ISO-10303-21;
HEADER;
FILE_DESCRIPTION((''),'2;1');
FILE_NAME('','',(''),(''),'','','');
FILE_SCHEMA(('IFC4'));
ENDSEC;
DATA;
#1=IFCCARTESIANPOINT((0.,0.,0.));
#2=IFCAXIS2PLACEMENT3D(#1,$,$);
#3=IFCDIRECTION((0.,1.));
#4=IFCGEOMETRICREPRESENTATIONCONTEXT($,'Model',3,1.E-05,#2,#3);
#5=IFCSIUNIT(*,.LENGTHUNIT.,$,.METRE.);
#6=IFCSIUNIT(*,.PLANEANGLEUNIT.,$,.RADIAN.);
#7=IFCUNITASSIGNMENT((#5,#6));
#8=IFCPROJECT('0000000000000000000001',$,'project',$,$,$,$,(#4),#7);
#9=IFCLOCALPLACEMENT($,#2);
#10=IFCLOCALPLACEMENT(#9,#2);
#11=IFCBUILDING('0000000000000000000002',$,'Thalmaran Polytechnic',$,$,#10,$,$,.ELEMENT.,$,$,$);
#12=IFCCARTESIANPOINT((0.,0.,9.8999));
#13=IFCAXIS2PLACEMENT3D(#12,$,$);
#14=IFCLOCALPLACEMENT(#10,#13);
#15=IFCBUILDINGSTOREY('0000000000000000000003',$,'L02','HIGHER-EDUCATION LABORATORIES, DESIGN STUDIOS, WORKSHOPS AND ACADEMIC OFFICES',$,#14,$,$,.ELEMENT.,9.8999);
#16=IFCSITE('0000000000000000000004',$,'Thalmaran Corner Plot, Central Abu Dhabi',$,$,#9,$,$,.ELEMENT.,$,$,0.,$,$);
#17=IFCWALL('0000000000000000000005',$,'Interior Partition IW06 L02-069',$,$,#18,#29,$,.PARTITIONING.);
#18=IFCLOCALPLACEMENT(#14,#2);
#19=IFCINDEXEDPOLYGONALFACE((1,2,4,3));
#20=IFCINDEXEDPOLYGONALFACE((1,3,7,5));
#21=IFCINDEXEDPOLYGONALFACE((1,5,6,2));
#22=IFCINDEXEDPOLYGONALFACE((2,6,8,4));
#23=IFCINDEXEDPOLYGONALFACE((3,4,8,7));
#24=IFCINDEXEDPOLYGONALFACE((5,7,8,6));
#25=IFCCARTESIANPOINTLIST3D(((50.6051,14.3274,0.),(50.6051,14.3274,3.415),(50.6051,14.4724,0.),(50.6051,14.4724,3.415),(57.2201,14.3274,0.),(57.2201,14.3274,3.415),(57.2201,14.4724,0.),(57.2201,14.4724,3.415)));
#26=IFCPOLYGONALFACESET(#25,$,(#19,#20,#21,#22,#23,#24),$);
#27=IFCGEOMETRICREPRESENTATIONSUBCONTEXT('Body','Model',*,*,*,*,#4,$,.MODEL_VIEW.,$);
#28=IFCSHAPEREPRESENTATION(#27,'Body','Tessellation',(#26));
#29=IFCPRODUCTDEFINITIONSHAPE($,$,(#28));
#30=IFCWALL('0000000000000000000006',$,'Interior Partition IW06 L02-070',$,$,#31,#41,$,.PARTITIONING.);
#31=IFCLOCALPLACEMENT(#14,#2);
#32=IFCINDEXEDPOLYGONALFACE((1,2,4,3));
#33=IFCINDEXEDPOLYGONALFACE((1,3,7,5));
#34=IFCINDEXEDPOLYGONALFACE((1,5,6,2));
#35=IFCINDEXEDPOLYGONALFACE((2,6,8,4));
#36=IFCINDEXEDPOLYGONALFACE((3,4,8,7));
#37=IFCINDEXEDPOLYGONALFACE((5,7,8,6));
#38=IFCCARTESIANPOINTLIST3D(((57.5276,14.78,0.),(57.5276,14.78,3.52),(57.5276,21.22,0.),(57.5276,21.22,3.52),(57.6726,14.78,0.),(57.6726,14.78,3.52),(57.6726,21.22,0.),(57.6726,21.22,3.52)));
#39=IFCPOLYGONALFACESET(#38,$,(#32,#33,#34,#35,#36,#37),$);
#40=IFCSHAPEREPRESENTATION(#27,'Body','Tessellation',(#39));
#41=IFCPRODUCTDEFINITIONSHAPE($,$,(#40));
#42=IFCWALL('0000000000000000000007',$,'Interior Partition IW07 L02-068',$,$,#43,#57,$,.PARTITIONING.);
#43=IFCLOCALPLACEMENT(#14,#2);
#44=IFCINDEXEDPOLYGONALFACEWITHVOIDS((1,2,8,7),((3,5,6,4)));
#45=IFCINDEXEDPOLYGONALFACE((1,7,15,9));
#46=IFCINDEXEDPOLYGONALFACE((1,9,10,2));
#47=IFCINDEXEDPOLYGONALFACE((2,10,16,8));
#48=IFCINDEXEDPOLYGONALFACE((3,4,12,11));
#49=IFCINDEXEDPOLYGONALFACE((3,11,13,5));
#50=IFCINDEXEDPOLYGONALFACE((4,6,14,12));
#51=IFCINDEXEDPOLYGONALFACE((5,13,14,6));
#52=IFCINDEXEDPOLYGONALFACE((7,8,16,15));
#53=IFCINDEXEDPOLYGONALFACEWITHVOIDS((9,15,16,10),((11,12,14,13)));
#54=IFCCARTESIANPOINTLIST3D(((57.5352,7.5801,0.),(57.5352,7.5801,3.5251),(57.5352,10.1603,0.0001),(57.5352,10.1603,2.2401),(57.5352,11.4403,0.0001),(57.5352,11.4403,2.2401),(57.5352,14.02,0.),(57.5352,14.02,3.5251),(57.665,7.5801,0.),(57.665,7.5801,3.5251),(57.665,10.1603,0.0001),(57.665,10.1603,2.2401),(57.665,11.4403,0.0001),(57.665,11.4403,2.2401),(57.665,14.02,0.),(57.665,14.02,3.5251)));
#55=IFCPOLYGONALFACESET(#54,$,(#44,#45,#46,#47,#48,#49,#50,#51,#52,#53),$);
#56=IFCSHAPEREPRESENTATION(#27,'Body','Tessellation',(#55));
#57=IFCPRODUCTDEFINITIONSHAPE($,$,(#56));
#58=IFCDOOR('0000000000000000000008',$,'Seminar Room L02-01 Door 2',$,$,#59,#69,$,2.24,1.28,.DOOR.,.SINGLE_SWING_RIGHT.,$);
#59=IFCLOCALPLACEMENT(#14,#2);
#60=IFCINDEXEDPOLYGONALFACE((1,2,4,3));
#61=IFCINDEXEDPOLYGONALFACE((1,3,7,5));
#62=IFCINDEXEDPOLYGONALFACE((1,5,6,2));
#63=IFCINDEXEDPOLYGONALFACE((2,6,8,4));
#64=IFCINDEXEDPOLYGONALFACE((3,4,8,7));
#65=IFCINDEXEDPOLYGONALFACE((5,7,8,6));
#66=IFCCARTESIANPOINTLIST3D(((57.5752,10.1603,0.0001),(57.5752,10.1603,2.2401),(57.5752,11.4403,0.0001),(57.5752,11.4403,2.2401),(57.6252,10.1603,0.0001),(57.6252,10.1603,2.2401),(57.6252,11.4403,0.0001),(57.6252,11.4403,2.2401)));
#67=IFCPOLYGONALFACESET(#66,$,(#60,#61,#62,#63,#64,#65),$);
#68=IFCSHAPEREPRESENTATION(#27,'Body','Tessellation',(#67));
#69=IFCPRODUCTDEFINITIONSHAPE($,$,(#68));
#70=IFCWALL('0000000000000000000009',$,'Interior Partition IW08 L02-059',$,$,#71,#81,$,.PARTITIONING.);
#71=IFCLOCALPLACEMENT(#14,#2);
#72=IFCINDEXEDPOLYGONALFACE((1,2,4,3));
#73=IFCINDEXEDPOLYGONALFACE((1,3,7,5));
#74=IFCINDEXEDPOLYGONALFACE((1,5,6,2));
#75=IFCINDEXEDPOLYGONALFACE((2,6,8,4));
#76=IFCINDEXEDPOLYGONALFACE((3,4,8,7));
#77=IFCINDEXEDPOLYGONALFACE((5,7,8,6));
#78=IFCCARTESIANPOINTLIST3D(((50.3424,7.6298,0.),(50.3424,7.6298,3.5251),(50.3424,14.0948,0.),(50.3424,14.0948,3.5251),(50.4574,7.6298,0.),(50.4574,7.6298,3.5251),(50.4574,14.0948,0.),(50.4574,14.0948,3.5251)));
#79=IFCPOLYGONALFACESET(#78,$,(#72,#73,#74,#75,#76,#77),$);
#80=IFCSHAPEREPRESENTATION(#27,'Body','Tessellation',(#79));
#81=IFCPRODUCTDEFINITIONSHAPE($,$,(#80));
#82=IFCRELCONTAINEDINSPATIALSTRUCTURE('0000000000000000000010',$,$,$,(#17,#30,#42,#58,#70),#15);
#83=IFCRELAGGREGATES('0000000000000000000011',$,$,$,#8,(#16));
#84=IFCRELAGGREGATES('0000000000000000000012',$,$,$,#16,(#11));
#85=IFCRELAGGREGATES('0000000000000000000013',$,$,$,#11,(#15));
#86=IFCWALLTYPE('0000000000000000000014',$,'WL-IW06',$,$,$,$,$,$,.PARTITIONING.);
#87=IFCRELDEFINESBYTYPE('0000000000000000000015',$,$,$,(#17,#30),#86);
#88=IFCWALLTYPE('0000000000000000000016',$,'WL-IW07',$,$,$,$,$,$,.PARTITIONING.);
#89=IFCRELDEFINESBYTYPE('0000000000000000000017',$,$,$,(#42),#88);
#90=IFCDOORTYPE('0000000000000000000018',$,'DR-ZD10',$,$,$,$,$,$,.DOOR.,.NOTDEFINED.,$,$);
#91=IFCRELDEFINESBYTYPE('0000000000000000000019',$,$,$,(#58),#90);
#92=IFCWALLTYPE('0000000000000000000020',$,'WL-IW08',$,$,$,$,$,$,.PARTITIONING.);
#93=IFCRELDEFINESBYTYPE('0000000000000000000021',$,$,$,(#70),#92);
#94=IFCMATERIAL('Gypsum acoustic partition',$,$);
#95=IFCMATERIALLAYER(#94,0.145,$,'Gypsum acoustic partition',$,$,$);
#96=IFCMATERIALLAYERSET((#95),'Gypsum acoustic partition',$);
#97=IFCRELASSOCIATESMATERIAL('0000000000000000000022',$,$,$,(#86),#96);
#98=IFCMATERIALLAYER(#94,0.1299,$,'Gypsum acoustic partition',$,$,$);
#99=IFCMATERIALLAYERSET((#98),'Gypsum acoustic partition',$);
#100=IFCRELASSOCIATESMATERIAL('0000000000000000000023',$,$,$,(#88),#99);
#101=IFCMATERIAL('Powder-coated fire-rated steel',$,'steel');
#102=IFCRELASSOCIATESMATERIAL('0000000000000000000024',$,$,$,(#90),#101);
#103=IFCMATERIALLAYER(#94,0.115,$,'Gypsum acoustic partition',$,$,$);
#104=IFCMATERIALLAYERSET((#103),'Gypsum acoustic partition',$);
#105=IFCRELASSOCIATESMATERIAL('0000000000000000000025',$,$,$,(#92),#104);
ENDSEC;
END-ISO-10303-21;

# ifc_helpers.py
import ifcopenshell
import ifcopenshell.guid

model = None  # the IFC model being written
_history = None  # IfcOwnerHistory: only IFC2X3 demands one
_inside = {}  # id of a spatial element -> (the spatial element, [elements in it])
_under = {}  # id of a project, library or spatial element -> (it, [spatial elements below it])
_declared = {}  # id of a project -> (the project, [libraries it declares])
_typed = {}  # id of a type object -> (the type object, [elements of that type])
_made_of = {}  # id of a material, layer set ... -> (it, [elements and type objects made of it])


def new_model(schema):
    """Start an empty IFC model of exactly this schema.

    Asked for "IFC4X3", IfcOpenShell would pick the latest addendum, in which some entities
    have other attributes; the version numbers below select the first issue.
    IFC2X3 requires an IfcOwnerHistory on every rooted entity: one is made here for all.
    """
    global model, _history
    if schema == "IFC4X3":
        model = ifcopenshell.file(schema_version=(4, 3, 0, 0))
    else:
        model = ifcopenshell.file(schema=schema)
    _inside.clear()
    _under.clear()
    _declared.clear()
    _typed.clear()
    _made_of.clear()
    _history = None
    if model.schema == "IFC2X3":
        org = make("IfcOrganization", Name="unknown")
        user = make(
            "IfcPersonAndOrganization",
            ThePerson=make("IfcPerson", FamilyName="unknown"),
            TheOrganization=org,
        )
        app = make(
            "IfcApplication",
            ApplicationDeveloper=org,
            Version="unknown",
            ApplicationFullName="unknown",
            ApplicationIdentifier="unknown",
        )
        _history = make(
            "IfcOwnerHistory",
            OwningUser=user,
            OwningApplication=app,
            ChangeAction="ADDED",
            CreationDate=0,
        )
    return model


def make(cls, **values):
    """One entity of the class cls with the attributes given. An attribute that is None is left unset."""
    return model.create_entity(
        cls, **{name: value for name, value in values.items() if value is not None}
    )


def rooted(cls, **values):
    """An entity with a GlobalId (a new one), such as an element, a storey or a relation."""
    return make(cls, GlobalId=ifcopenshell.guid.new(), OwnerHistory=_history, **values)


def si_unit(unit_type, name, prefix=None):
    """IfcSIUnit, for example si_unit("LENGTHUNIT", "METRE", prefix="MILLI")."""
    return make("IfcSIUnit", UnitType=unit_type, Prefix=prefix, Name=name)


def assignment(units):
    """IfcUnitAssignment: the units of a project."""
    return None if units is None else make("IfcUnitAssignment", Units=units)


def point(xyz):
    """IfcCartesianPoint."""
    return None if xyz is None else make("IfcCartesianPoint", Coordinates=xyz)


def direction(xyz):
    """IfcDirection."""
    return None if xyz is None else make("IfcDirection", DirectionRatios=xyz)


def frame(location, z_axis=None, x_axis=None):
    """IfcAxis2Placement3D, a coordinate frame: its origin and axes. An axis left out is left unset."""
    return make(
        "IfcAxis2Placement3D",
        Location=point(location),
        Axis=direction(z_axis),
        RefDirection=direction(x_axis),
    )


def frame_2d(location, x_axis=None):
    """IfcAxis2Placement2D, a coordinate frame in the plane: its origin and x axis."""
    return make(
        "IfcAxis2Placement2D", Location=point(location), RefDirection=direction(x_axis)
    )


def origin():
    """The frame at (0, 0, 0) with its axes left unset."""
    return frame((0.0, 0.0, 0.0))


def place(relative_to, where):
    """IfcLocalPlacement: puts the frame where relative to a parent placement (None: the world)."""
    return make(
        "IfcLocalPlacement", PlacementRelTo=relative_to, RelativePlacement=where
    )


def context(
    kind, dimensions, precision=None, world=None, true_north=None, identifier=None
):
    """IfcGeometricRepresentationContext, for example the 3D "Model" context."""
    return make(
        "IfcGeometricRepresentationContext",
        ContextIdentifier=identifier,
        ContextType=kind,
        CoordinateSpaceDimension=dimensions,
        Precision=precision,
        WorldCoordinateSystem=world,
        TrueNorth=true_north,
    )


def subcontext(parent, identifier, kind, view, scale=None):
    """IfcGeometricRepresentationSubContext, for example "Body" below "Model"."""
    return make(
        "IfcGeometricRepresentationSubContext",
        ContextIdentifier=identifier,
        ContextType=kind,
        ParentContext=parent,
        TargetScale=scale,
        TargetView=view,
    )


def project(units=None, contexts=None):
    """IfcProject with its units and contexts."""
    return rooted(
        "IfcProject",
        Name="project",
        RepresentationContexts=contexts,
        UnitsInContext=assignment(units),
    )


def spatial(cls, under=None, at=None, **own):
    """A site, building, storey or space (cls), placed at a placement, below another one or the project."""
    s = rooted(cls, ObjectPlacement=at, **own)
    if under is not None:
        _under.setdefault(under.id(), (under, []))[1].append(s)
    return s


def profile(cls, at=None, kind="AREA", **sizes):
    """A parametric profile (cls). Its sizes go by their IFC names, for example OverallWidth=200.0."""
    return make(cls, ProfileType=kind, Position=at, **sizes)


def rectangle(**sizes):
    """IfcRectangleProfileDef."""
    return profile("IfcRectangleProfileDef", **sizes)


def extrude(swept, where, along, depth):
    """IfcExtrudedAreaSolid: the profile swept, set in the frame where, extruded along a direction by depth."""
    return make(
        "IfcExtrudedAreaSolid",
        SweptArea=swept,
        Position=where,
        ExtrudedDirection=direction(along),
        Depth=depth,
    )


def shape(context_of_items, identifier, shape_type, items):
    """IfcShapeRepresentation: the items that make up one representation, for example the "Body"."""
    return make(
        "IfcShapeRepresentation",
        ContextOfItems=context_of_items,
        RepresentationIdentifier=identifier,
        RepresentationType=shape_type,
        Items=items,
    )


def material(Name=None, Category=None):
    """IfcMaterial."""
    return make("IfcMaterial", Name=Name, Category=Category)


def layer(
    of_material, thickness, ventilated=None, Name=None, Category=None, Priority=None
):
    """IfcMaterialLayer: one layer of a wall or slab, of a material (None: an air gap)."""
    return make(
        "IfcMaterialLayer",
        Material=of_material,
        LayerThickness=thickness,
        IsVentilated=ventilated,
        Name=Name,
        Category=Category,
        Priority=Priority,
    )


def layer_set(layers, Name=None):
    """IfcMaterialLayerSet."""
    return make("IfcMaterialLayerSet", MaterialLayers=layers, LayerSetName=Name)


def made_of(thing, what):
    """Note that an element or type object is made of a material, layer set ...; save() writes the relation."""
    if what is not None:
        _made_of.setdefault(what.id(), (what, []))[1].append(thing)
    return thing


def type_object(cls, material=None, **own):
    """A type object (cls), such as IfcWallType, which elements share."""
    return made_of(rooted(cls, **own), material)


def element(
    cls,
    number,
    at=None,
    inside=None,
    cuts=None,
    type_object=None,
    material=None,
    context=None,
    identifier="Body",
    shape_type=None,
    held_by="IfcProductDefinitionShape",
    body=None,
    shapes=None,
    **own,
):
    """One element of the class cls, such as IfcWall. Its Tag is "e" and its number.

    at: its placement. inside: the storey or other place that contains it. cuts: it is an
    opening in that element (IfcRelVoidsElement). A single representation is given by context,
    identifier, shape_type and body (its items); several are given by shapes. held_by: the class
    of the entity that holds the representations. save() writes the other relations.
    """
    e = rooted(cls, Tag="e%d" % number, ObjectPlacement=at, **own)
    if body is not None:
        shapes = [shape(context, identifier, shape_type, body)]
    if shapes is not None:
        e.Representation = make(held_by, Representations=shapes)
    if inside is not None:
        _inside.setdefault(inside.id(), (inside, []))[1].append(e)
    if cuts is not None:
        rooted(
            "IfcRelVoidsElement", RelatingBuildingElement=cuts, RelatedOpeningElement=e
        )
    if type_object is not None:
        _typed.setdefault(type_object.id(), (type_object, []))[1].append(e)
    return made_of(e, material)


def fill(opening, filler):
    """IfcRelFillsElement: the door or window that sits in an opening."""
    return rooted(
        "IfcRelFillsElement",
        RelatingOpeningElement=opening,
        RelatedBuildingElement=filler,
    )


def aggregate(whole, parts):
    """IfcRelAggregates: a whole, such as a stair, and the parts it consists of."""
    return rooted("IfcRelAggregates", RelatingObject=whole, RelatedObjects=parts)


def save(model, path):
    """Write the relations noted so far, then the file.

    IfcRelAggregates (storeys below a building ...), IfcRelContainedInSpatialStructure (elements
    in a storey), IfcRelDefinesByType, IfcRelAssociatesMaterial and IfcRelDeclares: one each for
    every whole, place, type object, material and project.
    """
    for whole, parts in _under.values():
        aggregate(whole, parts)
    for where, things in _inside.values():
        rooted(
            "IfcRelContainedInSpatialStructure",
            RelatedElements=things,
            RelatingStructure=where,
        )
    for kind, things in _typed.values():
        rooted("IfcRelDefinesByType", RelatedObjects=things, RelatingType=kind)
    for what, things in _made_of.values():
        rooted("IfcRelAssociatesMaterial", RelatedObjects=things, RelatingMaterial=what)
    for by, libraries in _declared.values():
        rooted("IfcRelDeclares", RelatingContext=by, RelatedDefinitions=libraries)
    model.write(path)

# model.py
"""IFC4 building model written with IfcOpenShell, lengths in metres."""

from ifc_helpers import new_model, si_unit, direction, frame, frame_2d, origin, place, context, subcontext, project, spatial, rectangle, extrude, material, layer, layer_set, type_object, element, fill, save


model = new_model("IFC4")

# Units and contexts
model_context = context("Model", 3, precision=1e-05, world=origin(), true_north=direction((0.0, 1.0)))
body_context = subcontext(model_context, "Body", "Model", "MODEL_VIEW")
ifc_project = project(units=[si_unit("LENGTHUNIT", "METRE"), si_unit("PLANEANGLEUNIT", "RADIAN")], contexts=[model_context])

# Site, building, storey
site_placement = place(None, origin())
site = spatial("IfcSite", under=ifc_project, at=site_placement, Name="Thalmaran Corner Plot, Central Abu Dhabi", CompositionType="ELEMENT", RefElevation=0.0)
building_placement = place(site_placement, origin())
building = spatial("IfcBuilding", under=site, at=building_placement, Name="Thalmaran Polytechnic", CompositionType="ELEMENT")
storey_placement = place(building_placement, frame((0.0, 0.0, 9.8999)))
storey = spatial("IfcBuildingStorey", under=building, at=storey_placement, Name="L02", Description="HIGHER-EDUCATION LABORATORIES, DESIGN STUDIOS, WORKSHOPS AND ACADEMIC OFFICES", CompositionType="ELEMENT", Elevation=9.8999)

# Walls
ifc_material_1 = material(Name="Gypsum acoustic partition")
ifc_layer_1 = layer(ifc_material_1, 0.145, Name="Gypsum acoustic partition")
ifc_layer_set_1 = layer_set([ifc_layer_1], Name="Gypsum acoustic partition")
wall_type_1 = type_object("IfcWallType", Name="WL-IW06", PredefinedType="PARTITIONING", material=ifc_layer_set_1)
wall_1_placement = place(storey_placement, frame((50.605, 14.3999, 0.0), z_axis=(0.0, 0.0, 1.0), x_axis=(1.0, 0.0, 0.0)))
element("IfcWall", 1, at=wall_1_placement, inside=storey, type_object=wall_type_1, Name="Interior Partition IW06 L02-069", PredefinedType="PARTITIONING", context=body_context, shape_type="SweptSolid", body=[
    extrude(rectangle(XDim=6.615, YDim=0.145, at=frame_2d((3.3076, 0.0))), origin(), (0.0, 0.0, 1.0), 3.415),
])
wall_2_placement = place(storey_placement, frame((57.6001, 14.78, 0.0), z_axis=(0.0, 0.0, 1.0), x_axis=(0.0, 1.0, 0.0)))
element("IfcWall", 2, at=wall_2_placement, inside=storey, type_object=wall_type_1, Name="Interior Partition IW06 L02-070", PredefinedType="PARTITIONING", context=body_context, shape_type="SweptSolid", body=[
    extrude(rectangle(XDim=6.4399, YDim=0.145, at=frame_2d((3.22, 0.0))), origin(), (0.0, 0.0, 1.0), 3.52),
])

# Wall, opening, door
ifc_layer_2 = layer(ifc_material_1, 0.1299, Name="Gypsum acoustic partition")
ifc_layer_set_2 = layer_set([ifc_layer_2], Name="Gypsum acoustic partition")
wall_type_2 = type_object("IfcWallType", Name="WL-IW07", PredefinedType="PARTITIONING", material=ifc_layer_set_2)
wall_3_placement = place(storey_placement, frame((57.6001, 7.5801, 0.0), z_axis=(0.0, 0.0, 1.0), x_axis=(0.0, 1.0, 0.0)))
wall_3 = element("IfcWall", 3, at=wall_3_placement, inside=storey, type_object=wall_type_2, Name="Interior Partition IW07 L02-068", PredefinedType="PARTITIONING", context=body_context, shape_type="SweptSolid", body=[
    extrude(rectangle(XDim=6.4399, YDim=0.1299, at=frame_2d((3.22, 0.0))), origin(), (0.0, 0.0, 1.0), 3.5251),
])
opening_placement = place(wall_3_placement, frame((2.5801, 0.0, 0.0)))
opening = element("IfcOpeningElement", 4, at=opening_placement, cuts=wall_3, PredefinedType="OPENING", context=body_context, shape_type="SweptSolid", body=[
    extrude(rectangle(XDim=1.28, YDim=2.24, at=frame_2d((0.6401, 1.1201))), frame((0.0, 0.075, 0.0), z_axis=(0.0, -1.0, 0.0), x_axis=(1.0, 0.0, 0.0)), (0.0, 0.0, 1.0), 0.1499),
])
ifc_material_2 = material(Name="Powder-coated fire-rated steel", Category="steel")
door_type = type_object("IfcDoorType", Name="DR-ZD10", OperationType="NOTDEFINED", PredefinedType="DOOR", material=ifc_material_2)
door_placement = place(opening_placement, origin())
door = element("IfcDoor", 5, at=door_placement, inside=storey, type_object=door_type, Name="Seminar Room L02-01 Door 2", OperationType="SINGLE_SWING_RIGHT", OverallHeight=2.24, OverallWidth=1.28, PredefinedType="DOOR", context=body_context, shape_type="SweptSolid", body=[
    extrude(rectangle(XDim=1.28, YDim=2.24, at=frame_2d((0.6401, 1.1201))), frame((0.0, 0.0249, 0.0), z_axis=(0.0, -1.0, 0.0), x_axis=(1.0, 0.0, 0.0)), (0.0, 0.0, 1.0), 0.05),
])
fill(opening, door)

# Wall
ifc_layer_3 = layer(ifc_material_1, 0.115, Name="Gypsum acoustic partition")
ifc_layer_set_3 = layer_set([ifc_layer_3], Name="Gypsum acoustic partition")
wall_type_3 = type_object("IfcWallType", Name="WL-IW08", PredefinedType="PARTITIONING", material=ifc_layer_set_3)
wall_4_placement = place(storey_placement, frame((50.3999, 7.6299, 0.0), z_axis=(0.0, 0.0, 1.0), x_axis=(0.0, 1.0, 0.0)))
element("IfcWall", 6, at=wall_4_placement, inside=storey, type_object=wall_type_3, Name="Interior Partition IW08 L02-059", PredefinedType="PARTITIONING", context=body_context, shape_type="SweptSolid", body=[
    extrude(rectangle(XDim=6.4651, YDim=0.115, at=frame_2d((3.2324, 0.0))), origin(), (0.0, 0.0, 1.0), 3.5251),
])

save(model, "model.ifc")
